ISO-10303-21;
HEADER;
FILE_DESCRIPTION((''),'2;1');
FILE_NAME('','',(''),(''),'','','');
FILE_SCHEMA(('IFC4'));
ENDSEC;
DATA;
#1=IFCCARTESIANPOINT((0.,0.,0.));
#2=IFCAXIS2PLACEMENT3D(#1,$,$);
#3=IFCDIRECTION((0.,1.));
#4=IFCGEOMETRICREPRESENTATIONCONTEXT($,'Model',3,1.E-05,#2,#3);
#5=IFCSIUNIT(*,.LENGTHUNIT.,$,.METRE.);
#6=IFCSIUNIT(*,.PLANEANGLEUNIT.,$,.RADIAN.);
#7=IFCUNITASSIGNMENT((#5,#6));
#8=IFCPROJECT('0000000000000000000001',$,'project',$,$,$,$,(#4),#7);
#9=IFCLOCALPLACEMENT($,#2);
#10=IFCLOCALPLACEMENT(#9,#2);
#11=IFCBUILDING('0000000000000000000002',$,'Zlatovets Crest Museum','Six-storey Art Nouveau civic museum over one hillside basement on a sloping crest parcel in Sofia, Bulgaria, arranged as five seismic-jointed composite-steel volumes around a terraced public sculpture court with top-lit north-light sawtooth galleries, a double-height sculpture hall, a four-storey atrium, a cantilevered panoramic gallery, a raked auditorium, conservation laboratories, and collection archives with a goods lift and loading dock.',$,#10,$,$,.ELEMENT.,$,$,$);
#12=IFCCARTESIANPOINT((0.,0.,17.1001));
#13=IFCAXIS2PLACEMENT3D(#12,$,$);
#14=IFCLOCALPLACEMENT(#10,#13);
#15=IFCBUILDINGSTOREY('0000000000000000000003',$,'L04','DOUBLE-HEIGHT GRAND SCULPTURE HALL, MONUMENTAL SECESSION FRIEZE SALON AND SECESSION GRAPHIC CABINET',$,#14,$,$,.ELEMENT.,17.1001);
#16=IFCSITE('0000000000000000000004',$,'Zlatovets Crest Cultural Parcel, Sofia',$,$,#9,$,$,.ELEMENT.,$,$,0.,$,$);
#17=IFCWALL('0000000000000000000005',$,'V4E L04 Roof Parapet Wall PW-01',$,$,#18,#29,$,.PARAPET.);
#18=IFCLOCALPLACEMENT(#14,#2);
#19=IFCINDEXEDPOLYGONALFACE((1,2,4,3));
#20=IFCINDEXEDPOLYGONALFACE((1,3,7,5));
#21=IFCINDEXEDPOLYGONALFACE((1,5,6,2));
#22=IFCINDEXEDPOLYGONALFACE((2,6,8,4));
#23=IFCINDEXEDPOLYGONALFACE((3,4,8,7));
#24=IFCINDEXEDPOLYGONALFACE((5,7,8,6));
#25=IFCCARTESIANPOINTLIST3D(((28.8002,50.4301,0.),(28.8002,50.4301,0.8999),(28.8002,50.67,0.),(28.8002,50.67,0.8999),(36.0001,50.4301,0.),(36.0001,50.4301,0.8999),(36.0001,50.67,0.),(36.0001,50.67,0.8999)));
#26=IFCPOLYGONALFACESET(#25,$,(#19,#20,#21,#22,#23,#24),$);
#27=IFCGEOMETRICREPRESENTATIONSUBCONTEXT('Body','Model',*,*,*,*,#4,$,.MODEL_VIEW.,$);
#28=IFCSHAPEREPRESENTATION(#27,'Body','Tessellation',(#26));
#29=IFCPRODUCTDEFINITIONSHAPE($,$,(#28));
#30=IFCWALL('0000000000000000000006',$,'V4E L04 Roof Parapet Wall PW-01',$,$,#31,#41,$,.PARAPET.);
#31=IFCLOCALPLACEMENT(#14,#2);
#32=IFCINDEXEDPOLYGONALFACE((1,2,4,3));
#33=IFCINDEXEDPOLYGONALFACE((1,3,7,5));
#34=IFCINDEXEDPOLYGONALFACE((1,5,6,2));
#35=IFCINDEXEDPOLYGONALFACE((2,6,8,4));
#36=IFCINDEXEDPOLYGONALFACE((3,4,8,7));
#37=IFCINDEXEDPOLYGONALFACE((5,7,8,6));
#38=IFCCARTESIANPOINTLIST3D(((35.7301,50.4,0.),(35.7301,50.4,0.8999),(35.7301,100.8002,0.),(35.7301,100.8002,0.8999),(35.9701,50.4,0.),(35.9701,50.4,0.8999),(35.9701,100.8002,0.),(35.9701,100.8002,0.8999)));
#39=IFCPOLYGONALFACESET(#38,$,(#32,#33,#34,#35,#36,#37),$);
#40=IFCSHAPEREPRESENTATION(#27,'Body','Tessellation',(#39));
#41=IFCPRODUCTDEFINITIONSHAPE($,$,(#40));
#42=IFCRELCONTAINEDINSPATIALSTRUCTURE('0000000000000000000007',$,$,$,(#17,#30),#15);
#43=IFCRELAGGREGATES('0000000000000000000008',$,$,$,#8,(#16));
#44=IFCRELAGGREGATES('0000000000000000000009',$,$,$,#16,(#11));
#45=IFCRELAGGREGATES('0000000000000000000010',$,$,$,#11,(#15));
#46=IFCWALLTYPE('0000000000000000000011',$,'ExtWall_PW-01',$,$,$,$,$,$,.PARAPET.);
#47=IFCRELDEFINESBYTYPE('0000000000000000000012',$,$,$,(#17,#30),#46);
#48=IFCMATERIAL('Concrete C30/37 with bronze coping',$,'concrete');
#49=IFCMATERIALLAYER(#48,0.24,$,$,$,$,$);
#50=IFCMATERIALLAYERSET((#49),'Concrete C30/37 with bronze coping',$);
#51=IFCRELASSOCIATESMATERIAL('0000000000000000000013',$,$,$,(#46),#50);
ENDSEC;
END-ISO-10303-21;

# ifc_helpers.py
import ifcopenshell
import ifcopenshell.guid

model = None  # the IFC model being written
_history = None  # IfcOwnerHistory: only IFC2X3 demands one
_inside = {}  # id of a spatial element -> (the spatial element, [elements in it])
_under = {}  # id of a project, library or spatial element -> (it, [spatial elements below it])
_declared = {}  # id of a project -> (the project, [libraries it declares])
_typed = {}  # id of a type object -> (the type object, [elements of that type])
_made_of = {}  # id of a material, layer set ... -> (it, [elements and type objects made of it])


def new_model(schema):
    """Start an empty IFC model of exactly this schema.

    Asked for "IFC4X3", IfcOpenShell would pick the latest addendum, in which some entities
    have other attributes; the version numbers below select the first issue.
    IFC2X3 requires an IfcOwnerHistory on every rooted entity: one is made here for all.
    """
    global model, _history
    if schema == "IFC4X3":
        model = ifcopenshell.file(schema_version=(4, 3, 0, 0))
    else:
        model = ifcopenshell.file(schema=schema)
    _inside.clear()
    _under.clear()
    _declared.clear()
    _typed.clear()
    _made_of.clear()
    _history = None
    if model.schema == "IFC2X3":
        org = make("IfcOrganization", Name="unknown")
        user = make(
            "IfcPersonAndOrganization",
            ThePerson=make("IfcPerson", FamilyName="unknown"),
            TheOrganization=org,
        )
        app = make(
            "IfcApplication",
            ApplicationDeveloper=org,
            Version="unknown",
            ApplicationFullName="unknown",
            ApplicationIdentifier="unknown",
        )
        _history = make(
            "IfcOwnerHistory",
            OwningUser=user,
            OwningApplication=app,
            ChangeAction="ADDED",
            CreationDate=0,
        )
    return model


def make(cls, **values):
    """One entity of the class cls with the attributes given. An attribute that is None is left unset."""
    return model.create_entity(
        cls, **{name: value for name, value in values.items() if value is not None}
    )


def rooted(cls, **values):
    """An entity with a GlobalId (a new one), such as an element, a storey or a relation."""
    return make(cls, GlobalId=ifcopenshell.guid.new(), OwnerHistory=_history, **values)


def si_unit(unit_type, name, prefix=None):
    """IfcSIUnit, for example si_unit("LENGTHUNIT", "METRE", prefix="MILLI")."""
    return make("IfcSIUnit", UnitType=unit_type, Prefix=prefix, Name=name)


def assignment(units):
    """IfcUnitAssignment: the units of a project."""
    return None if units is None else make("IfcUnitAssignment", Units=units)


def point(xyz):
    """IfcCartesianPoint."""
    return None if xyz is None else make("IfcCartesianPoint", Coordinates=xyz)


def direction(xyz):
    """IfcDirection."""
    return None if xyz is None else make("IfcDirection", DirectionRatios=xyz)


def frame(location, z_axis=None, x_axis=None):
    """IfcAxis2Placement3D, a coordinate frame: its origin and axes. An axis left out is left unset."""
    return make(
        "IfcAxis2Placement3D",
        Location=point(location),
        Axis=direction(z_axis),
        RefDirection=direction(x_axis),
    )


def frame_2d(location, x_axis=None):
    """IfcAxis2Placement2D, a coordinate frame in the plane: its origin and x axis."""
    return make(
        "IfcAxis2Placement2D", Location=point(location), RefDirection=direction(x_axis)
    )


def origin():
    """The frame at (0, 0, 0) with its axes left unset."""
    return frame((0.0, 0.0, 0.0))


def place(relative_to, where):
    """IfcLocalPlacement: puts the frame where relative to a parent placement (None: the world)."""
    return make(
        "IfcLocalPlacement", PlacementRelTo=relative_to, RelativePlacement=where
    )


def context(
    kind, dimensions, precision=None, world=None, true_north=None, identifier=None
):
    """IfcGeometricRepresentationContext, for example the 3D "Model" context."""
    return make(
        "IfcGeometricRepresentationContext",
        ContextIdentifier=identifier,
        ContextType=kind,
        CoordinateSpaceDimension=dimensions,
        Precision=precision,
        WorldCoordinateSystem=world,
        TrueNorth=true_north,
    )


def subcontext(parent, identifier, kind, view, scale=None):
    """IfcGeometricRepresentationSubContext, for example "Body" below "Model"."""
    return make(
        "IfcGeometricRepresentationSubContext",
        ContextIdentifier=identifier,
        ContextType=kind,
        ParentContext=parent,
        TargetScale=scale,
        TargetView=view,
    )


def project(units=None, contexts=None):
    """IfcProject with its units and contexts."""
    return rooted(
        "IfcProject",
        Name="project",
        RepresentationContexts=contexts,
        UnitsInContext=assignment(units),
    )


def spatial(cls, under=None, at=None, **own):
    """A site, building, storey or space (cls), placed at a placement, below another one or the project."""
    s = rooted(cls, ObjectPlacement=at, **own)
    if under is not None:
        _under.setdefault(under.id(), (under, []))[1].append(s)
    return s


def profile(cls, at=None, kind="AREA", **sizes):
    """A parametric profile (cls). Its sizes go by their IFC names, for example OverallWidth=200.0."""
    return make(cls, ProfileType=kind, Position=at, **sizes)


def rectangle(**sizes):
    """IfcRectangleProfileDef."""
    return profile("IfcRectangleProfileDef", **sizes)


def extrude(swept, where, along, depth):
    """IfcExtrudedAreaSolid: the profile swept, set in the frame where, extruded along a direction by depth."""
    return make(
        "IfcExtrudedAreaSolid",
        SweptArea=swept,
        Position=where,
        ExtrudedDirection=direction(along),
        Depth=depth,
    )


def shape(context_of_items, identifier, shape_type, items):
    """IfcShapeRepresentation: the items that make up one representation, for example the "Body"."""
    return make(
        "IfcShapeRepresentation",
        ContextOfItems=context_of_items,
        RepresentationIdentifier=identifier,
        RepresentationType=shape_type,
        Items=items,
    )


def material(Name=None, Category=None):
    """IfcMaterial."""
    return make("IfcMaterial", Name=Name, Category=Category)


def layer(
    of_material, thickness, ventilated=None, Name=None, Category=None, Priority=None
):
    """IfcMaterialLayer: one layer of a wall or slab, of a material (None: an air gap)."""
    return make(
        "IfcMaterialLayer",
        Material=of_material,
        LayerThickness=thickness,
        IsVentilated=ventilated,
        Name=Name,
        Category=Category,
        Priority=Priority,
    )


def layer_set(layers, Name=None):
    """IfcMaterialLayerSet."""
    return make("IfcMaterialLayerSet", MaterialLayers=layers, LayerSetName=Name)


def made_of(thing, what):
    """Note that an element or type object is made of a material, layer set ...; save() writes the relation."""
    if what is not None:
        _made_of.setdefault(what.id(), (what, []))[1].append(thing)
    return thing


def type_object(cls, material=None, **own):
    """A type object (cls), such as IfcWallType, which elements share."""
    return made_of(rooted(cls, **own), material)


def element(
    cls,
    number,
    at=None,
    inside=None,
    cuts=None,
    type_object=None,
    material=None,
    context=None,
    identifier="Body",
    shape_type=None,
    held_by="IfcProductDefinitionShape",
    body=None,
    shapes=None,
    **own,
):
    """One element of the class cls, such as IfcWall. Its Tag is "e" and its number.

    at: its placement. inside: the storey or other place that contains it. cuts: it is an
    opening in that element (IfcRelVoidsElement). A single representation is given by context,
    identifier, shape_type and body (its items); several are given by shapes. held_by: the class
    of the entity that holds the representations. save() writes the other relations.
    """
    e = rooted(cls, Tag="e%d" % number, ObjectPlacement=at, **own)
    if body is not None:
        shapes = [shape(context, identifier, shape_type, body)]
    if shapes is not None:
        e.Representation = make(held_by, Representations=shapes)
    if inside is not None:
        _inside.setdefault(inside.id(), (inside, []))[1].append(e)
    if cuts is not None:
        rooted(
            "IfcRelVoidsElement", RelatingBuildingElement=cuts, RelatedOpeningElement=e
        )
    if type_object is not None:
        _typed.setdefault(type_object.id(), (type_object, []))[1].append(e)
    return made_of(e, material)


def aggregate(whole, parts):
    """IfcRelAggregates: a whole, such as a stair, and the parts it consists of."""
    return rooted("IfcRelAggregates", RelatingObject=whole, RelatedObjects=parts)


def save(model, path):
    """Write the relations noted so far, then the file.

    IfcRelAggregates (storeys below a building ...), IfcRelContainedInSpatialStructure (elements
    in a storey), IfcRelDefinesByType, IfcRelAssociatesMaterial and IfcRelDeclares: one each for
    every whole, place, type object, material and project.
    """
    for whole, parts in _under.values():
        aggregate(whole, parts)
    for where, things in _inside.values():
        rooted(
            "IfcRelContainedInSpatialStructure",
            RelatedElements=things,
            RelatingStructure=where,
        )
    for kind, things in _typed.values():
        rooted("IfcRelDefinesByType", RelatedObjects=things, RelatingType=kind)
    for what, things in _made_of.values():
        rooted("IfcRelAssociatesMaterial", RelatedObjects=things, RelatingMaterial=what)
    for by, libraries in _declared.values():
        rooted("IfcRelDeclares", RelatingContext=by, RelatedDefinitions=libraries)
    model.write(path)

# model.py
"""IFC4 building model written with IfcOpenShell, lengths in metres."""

from ifc_helpers import new_model, si_unit, direction, frame, frame_2d, origin, place, context, subcontext, project, spatial, rectangle, extrude, material, layer, layer_set, type_object, element, save


model = new_model("IFC4")

# Units and contexts
model_context = context("Model", 3, precision=1e-05, world=origin(), true_north=direction((0.0, 1.0)))
body_context = subcontext(model_context, "Body", "Model", "MODEL_VIEW")
ifc_project = project(units=[si_unit("LENGTHUNIT", "METRE"), si_unit("PLANEANGLEUNIT", "RADIAN")], contexts=[model_context])

# Site, building, storey
site_placement = place(None, origin())
site = spatial("IfcSite", under=ifc_project, at=site_placement, Name="Zlatovets Crest Cultural Parcel, Sofia", CompositionType="ELEMENT", RefElevation=0.0)
building_placement = place(site_placement, origin())
building = spatial("IfcBuilding", under=site, at=building_placement, Name="Zlatovets Crest Museum", Description="Six-storey Art Nouveau civic museum over one hillside basement on a sloping crest parcel in Sofia, Bulgaria, arranged as five seismic-jointed composite-steel volumes around a terraced public sculpture court with top-lit north-light sawtooth galleries, a double-height sculpture hall, a four-storey atrium, a cantilevered panoramic gallery, a raked auditorium, conservation laboratories, and collection archives with a goods lift and loading dock.", CompositionType="ELEMENT")
storey_placement = place(building_placement, frame((0.0, 0.0, 17.1001)))
storey = spatial("IfcBuildingStorey", under=building, at=storey_placement, Name="L04", Description="DOUBLE-HEIGHT GRAND SCULPTURE HALL, MONUMENTAL SECESSION FRIEZE SALON AND SECESSION GRAPHIC CABINET", CompositionType="ELEMENT", Elevation=17.1001)

# Walls
ifc_material_1 = material(Name="Concrete C30/37 with bronze coping", Category="concrete")
ifc_layer_1 = layer(ifc_material_1, 0.24)
ifc_layer_set_1 = layer_set([ifc_layer_1], Name="Concrete C30/37 with bronze coping")
wall_type_1 = type_object("IfcWallType", Name="ExtWall_PW-01", PredefinedType="PARAPET", material=ifc_layer_set_1)
wall_1_placement = place(storey_placement, frame((28.8, 50.55, 0.0), z_axis=(0.0, 0.0, 1.0), x_axis=(1.0, 0.0, 0.0)))
element("IfcWall", 1, at=wall_1_placement, inside=storey, type_object=wall_type_1, Name="V4E L04 Roof Parapet Wall PW-01", PredefinedType="PARAPET", context=body_context, shape_type="SweptSolid", body=[
    extrude(rectangle(XDim=7.2, YDim=0.24, at=frame_2d((3.6001, 0.0))), origin(), (0.0, 0.0, 1.0), 0.8999),
])
wall_2_placement = place(storey_placement, frame((35.8501, 50.3999, 0.0), z_axis=(0.0, 0.0, 1.0), x_axis=(0.0, 1.0, 0.0)))
element("IfcWall", 2, at=wall_2_placement, inside=storey, type_object=wall_type_1, Name="V4E L04 Roof Parapet Wall PW-01", PredefinedType="PARAPET", context=body_context, shape_type="SweptSolid", body=[
    extrude(rectangle(XDim=50.4001, YDim=0.24, at=frame_2d((25.2002, 0.0))), origin(), (0.0, 0.0, 1.0), 0.8999),
])

save(model, "model.ifc")
